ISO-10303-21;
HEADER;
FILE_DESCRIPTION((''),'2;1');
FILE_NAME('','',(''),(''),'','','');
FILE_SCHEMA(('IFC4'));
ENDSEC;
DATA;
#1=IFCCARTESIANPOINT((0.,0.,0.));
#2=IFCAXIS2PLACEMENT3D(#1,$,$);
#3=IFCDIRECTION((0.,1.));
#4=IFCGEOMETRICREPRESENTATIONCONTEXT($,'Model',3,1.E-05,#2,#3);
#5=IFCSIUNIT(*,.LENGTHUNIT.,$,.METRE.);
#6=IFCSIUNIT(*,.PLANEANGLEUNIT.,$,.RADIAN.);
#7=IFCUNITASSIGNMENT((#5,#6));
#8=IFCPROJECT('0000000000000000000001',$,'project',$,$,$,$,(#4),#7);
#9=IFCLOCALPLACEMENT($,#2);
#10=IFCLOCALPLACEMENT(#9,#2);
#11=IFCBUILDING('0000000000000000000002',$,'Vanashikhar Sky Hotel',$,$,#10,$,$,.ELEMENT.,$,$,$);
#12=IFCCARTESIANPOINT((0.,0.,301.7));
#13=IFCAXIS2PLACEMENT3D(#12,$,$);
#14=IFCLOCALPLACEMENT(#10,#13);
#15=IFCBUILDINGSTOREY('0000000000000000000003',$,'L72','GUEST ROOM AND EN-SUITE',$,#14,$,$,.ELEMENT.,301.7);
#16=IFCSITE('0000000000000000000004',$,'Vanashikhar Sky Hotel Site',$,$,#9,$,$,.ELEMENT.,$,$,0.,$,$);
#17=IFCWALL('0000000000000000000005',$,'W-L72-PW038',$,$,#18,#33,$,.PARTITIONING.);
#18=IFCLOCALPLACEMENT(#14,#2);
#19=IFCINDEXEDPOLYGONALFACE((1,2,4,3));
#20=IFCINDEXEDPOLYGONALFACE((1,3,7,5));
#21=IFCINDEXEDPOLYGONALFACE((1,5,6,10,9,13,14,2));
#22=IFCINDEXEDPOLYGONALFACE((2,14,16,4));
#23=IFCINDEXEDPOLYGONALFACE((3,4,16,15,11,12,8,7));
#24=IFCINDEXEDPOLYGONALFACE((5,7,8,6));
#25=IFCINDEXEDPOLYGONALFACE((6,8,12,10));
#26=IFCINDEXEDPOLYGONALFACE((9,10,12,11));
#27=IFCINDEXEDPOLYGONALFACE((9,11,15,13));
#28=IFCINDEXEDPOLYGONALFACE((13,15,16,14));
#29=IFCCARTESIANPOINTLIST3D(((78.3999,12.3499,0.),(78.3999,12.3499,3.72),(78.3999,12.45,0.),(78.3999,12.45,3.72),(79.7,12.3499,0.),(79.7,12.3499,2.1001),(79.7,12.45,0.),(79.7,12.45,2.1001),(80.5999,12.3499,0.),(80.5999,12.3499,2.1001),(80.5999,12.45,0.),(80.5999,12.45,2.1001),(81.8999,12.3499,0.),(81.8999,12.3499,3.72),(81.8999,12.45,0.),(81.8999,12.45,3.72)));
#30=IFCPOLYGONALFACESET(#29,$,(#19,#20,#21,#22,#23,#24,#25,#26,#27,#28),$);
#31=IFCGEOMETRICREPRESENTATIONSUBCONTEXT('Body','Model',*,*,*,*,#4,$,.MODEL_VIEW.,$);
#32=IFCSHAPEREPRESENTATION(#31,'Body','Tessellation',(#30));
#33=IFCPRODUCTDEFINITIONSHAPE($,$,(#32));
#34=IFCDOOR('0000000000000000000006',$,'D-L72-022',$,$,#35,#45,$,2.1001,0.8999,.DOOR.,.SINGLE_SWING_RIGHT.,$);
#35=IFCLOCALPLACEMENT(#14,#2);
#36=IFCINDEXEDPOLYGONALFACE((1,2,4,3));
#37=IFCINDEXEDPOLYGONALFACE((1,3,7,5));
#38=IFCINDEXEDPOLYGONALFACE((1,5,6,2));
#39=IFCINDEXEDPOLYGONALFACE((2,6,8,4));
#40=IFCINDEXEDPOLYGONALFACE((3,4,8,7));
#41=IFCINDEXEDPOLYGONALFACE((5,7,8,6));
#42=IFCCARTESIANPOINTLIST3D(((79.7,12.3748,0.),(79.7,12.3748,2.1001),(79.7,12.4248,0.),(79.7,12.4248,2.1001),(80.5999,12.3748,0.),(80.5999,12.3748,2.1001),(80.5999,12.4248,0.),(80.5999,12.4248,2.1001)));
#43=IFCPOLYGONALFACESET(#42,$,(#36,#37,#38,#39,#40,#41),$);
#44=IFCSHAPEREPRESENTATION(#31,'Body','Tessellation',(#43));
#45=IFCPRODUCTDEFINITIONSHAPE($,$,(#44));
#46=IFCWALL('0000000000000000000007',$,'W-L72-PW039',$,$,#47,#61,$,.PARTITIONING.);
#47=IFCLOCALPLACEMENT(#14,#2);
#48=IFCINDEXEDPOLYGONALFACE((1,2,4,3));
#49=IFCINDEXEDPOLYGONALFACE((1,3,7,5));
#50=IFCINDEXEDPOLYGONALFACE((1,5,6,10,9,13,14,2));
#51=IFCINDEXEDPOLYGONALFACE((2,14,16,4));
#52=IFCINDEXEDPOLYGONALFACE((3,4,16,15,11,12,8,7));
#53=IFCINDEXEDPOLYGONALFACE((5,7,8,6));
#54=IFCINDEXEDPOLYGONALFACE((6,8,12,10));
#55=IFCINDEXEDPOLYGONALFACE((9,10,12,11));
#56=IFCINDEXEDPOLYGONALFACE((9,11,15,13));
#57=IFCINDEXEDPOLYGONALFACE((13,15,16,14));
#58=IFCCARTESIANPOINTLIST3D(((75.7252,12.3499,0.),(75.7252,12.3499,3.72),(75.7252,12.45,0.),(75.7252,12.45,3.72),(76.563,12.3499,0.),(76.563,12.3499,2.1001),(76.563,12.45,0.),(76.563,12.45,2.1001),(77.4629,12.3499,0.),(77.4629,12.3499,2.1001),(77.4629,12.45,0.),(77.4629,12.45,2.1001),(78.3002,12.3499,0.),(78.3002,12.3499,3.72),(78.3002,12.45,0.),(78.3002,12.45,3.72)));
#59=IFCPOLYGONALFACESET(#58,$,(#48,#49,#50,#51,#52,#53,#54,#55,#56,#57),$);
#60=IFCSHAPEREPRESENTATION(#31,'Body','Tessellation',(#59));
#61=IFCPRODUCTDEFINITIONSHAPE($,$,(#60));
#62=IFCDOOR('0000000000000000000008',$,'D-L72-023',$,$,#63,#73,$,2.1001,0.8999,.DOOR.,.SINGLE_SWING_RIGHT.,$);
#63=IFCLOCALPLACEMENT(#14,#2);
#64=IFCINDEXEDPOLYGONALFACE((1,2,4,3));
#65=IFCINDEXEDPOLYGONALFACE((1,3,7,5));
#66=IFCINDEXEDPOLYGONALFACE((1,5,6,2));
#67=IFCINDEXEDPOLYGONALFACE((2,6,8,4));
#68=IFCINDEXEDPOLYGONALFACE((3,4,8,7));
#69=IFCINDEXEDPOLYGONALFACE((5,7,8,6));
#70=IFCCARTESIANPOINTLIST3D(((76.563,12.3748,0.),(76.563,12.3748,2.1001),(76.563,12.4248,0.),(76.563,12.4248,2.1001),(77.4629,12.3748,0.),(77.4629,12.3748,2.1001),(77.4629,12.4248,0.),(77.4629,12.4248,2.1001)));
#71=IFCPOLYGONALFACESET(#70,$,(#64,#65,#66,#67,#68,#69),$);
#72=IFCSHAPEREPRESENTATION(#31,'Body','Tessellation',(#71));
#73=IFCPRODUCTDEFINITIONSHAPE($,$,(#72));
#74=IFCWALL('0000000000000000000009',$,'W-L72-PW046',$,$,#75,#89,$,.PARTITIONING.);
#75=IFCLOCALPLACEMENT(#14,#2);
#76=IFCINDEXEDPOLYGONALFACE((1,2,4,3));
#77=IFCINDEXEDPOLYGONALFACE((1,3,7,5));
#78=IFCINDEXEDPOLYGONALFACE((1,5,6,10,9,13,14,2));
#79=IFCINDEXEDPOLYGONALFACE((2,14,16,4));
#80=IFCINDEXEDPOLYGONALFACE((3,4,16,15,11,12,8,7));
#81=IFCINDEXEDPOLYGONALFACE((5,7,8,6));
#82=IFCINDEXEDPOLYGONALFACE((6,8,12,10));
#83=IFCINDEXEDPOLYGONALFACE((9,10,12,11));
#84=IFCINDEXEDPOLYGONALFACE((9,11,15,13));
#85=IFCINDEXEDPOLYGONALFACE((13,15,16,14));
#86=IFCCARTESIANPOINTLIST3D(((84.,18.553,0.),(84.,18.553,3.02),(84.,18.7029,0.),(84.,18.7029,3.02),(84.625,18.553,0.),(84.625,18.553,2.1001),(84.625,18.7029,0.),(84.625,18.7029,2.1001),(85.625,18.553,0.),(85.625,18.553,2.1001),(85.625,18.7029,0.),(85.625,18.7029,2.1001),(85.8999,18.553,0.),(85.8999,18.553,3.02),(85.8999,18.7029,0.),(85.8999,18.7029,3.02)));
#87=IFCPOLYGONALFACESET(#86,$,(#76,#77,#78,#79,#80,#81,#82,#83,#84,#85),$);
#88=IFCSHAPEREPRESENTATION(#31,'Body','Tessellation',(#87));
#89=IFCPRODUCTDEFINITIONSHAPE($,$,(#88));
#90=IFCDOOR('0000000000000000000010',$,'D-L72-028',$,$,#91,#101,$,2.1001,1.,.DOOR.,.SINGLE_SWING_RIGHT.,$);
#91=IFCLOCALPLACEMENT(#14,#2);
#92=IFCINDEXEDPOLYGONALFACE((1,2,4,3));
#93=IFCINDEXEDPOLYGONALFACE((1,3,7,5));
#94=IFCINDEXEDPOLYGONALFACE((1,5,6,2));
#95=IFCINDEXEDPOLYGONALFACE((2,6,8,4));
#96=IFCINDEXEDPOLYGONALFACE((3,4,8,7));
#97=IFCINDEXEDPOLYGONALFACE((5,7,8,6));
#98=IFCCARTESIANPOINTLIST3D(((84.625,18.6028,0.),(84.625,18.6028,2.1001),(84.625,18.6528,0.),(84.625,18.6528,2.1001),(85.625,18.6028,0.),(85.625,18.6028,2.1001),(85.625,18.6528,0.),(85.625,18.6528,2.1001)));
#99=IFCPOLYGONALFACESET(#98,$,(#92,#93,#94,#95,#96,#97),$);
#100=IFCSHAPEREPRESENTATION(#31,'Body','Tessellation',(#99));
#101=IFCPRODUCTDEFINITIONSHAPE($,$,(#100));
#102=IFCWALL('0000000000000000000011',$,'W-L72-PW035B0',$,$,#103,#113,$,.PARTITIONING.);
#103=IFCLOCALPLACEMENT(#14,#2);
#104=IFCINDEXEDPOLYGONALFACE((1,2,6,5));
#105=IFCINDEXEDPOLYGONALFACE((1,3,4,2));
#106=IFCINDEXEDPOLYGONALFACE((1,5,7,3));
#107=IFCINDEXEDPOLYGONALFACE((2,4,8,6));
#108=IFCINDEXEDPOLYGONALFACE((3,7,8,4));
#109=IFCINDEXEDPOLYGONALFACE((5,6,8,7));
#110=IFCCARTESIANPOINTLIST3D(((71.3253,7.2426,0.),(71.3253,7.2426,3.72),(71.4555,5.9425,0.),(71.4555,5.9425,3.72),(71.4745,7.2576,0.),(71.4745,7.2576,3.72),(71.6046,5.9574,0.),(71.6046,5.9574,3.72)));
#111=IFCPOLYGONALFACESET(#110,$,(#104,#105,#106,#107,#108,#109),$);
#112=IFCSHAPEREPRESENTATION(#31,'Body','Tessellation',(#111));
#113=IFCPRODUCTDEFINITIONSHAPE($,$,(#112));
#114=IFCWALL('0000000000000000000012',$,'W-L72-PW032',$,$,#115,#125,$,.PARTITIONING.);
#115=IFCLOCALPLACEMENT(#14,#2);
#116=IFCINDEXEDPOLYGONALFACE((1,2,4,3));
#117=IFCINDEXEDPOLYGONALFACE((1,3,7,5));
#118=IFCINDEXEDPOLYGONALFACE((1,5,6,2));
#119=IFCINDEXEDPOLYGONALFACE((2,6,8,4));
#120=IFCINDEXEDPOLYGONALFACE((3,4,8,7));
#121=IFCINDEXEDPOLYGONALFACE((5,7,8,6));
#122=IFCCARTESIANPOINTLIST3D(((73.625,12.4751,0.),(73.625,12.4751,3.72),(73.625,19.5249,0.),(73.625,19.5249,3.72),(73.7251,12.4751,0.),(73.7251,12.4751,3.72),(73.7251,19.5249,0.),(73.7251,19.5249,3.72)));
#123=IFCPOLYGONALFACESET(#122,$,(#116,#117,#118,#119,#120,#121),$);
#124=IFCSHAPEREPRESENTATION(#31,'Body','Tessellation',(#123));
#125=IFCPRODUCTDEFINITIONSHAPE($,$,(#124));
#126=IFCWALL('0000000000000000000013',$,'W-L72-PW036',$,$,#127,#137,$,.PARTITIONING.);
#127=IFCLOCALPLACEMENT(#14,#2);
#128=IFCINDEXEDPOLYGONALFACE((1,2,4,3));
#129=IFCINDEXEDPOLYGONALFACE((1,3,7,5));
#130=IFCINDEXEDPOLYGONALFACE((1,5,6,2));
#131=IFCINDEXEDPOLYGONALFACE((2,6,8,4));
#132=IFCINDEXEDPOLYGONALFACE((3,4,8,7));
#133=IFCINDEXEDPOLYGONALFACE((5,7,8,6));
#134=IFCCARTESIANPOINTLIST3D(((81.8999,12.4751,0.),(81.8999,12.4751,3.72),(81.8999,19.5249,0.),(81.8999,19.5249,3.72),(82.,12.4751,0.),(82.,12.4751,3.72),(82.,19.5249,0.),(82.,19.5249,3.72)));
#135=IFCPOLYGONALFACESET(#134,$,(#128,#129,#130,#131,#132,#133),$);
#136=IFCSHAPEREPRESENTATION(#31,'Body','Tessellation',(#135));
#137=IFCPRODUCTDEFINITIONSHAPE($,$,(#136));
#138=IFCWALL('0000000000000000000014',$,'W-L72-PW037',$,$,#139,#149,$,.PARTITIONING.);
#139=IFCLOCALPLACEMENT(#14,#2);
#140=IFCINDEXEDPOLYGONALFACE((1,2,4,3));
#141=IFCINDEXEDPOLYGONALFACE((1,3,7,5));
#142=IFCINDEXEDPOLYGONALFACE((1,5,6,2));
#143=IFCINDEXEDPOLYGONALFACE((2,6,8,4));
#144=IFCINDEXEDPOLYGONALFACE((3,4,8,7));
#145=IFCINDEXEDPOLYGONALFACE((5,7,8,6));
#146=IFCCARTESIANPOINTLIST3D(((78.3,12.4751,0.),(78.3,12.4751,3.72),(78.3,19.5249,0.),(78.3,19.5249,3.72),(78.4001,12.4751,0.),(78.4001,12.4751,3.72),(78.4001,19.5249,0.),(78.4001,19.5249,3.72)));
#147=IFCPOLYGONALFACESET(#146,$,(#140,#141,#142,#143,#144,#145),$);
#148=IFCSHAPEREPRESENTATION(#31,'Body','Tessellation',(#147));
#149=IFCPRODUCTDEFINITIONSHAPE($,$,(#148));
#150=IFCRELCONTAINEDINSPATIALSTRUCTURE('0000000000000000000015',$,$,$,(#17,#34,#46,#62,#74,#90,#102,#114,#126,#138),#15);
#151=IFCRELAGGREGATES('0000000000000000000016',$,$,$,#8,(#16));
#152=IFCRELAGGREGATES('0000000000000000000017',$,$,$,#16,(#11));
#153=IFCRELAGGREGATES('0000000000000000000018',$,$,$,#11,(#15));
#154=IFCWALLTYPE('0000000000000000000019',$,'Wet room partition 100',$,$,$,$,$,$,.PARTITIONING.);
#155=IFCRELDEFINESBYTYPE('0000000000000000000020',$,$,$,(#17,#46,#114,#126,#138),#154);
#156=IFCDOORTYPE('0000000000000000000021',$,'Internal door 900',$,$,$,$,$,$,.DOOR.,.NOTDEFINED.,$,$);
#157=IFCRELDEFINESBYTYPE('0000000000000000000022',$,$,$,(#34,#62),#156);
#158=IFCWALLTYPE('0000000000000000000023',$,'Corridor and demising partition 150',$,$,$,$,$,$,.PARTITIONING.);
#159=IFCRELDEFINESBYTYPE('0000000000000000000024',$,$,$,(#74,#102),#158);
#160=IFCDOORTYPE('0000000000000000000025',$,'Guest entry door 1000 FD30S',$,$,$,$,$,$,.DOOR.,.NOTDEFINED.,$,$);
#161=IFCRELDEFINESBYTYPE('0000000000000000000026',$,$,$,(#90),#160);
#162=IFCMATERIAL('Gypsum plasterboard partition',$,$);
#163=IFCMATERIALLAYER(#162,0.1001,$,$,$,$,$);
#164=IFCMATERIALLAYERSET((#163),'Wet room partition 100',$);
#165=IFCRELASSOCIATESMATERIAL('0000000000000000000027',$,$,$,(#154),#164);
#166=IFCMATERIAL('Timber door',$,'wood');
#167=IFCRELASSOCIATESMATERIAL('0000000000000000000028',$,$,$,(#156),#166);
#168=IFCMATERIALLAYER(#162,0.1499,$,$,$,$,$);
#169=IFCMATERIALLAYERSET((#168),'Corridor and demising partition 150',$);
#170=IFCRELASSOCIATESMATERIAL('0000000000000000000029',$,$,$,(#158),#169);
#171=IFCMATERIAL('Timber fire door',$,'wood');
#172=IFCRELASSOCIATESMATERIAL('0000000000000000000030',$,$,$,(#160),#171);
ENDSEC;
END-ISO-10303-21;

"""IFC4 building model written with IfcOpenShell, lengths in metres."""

from ifc_helpers import new_model, si_unit, direction, frame, frame_2d, origin, place, context, subcontext, project, spatial, rectangle, extrude, source, transform, mapped, material, layer, layer_set, type_object, element, fill, save


model = new_model("IFC4")

# Units and contexts
model_context = context("Model", 3, precision=1e-05, world=origin(), true_north=direction((0.0, 1.0)))
body_context = subcontext(model_context, "Body", "Model", "MODEL_VIEW")
ifc_project = project(units=[si_unit("LENGTHUNIT", "METRE"), si_unit("PLANEANGLEUNIT", "RADIAN")], contexts=[model_context])

# Site, building, storey
site_placement = place(None, origin())
site = spatial("IfcSite", under=ifc_project, at=site_placement, Name="Vanashikhar Sky Hotel Site", CompositionType="ELEMENT", RefElevation=0.0)
building_placement = place(site_placement, origin())
building = spatial("IfcBuilding", under=site, at=building_placement, Name="Vanashikhar Sky Hotel", CompositionType="ELEMENT")
storey_placement = place(building_placement, frame((0.0, 0.0, 301.7)))
storey = spatial("IfcBuildingStorey", under=building, at=storey_placement, Name="L72", Description="GUEST ROOM AND EN-SUITE", CompositionType="ELEMENT", Elevation=301.7)

# Walls, openings, doors
ifc_material_1 = material(Name="Gypsum plasterboard partition")
ifc_layer_1 = layer(ifc_material_1, 0.1001)
ifc_layer_set_1 = layer_set([ifc_layer_1], Name="Wet room partition 100")
wall_type_1 = type_object("IfcWallType", Name="Wet room partition 100", PredefinedType="PARTITIONING", material=ifc_layer_set_1)
shared_shape_1 = source(origin(), body_context, "Body", "SweptSolid", [
    extrude(rectangle(XDim=3.5, YDim=0.1001, at=frame_2d((1.75, 0.0))), origin(), (0.0, 0.0, 1.0), 3.72),
])
wall_1_placement = place(storey_placement, frame((78.3999, 12.3999, 0.0), z_axis=(0.0, 0.0, 1.0), x_axis=(1.0, 0.0, 0.0)))
wall_1 = element("IfcWall", 1, at=wall_1_placement, inside=storey, type_object=wall_type_1, Name="W-L72-PW038", PredefinedType="PARTITIONING", context=body_context, shape_type="MappedRepresentation", body=[
    mapped(shared_shape_1, transform((0.0, 0.0, 0.0), scale=1.0)),
])
shared_shape_2 = source(origin(), body_context, "Body", "SweptSolid", [
    extrude(rectangle(XDim=0.8999, YDim=2.1001, at=frame_2d((0.45, 1.05))), frame((0.0, 0.0601, 0.0), z_axis=(0.0, -1.0, 0.0), x_axis=(1.0, 0.0, 0.0)), (0.0, 0.0, 1.0), 0.1201),
])
opening_1_placement = place(wall_1_placement, frame((1.3, 0.0, 0.0)))
opening_1 = element("IfcOpeningElement", 2, at=opening_1_placement, cuts=wall_1, PredefinedType="OPENING", context=body_context, shape_type="MappedRepresentation", body=[
    mapped(shared_shape_2, transform((0.0, 0.0, 0.0), scale=1.0)),
])
ifc_material_2 = material(Name="Timber door", Category="wood")
door_type_1 = type_object("IfcDoorType", Name="Internal door 900", OperationType="NOTDEFINED", PredefinedType="DOOR", material=ifc_material_2)
shared_shape_3 = source(origin(), body_context, "Body", "SweptSolid", [
    extrude(rectangle(XDim=0.8999, YDim=2.1001, at=frame_2d((0.45, 1.05))), frame((0.0, 0.0249, 0.0), z_axis=(0.0, -1.0, 0.0), x_axis=(1.0, 0.0, 0.0)), (0.0, 0.0, 1.0), 0.05),
])
door_1_placement = place(opening_1_placement, origin())
door_1 = element("IfcDoor", 3, at=door_1_placement, inside=storey, type_object=door_type_1, Name="D-L72-022", OperationType="SINGLE_SWING_RIGHT", OverallHeight=2.1001, OverallWidth=0.8999, PredefinedType="DOOR", context=body_context, shape_type="MappedRepresentation", body=[
    mapped(shared_shape_3, transform((0.0, 0.0, 0.0), scale=1.0)),
])
fill(opening_1, door_1)
shared_shape_4 = source(origin(), body_context, "Body", "SweptSolid", [
    extrude(rectangle(XDim=2.575, YDim=0.1001, at=frame_2d((1.2876, 0.0))), origin(), (0.0, 0.0, 1.0), 3.72),
])
wall_2_placement = place(storey_placement, frame((75.7251, 12.3999, 0.0), z_axis=(0.0, 0.0, 1.0), x_axis=(1.0, 0.0, 0.0)))
wall_2 = element("IfcWall", 4, at=wall_2_placement, inside=storey, type_object=wall_type_1, Name="W-L72-PW039", PredefinedType="PARTITIONING", context=body_context, shape_type="MappedRepresentation", body=[
    mapped(shared_shape_4, transform((0.0, 0.0, 0.0), scale=1.0)),
])
opening_2_placement = place(wall_2_placement, frame((0.8379, 0.0, 0.0)))
opening_2 = element("IfcOpeningElement", 5, at=opening_2_placement, cuts=wall_2, PredefinedType="OPENING", context=body_context, shape_type="MappedRepresentation", body=[
    mapped(shared_shape_2, transform((0.0, 0.0, 0.0), scale=1.0)),
])
door_2_placement = place(opening_2_placement, origin())
door_2 = element("IfcDoor", 6, at=door_2_placement, inside=storey, type_object=door_type_1, Name="D-L72-023", OperationType="SINGLE_SWING_RIGHT", OverallHeight=2.1001, OverallWidth=0.8999, PredefinedType="DOOR", context=body_context, shape_type="MappedRepresentation", body=[
    mapped(shared_shape_3, transform((0.0, 0.0, 0.0), scale=1.0)),
])
fill(opening_2, door_2)
ifc_layer_2 = layer(ifc_material_1, 0.1499)
ifc_layer_set_2 = layer_set([ifc_layer_2], Name="Corridor and demising partition 150")
wall_type_2 = type_object("IfcWallType", Name="Corridor and demising partition 150", PredefinedType="PARTITIONING", material=ifc_layer_set_2)
shared_shape_5 = source(origin(), body_context, "Body", "SweptSolid", [
    extrude(rectangle(XDim=1.8999, YDim=0.1499, at=frame_2d((0.95, 0.0))), origin(), (0.0, 0.0, 1.0), 3.02),
])
wall_3_placement = place(storey_placement, frame((84.0, 18.6279, 0.0), z_axis=(0.0, 0.0, 1.0), x_axis=(1.0, 0.0, 0.0)))
wall_3 = element("IfcWall", 7, at=wall_3_placement, inside=storey, type_object=wall_type_2, Name="W-L72-PW046", PredefinedType="PARTITIONING", context=body_context, shape_type="MappedRepresentation", body=[
    mapped(shared_shape_5, transform((0.0, 0.0, 0.0), scale=1.0)),
])
shared_shape_6 = source(origin(), body_context, "Body", "SweptSolid", [
    extrude(rectangle(XDim=1.0, YDim=2.1001, at=frame_2d((0.5, 1.05))), frame((0.0, 0.085, 0.0), z_axis=(0.0, -1.0, 0.0), x_axis=(1.0, 0.0, 0.0)), (0.0, 0.0, 1.0), 0.1699),
])
opening_3_placement = place(wall_3_placement, frame((0.625, 0.0, 0.0)))
opening_3 = element("IfcOpeningElement", 8, at=opening_3_placement, cuts=wall_3, PredefinedType="OPENING", context=body_context, shape_type="MappedRepresentation", body=[
    mapped(shared_shape_6, transform((0.0, 0.0, 0.0), scale=1.0)),
])
ifc_material_3 = material(Name="Timber fire door", Category="wood")
door_type_2 = type_object("IfcDoorType", Name="Guest entry door 1000 FD30S", OperationType="NOTDEFINED", PredefinedType="DOOR", material=ifc_material_3)
shared_shape_7 = source(origin(), body_context, "Body", "SweptSolid", [
    extrude(rectangle(XDim=1.0, YDim=2.1001, at=frame_2d((0.5, 1.05))), frame((0.0, 0.0249, 0.0), z_axis=(0.0, -1.0, 0.0), x_axis=(1.0, 0.0, 0.0)), (0.0, 0.0, 1.0), 0.05),
])
door_3_placement = place(opening_3_placement, origin())
door_3 = element("IfcDoor", 9, at=door_3_placement, inside=storey, type_object=door_type_2, Name="D-L72-028", OperationType="SINGLE_SWING_RIGHT", OverallHeight=2.1001, OverallWidth=1.0, PredefinedType="DOOR", context=body_context, shape_type="MappedRepresentation", body=[
    mapped(shared_shape_7, transform((0.0, 0.0, 0.0), scale=1.0)),
])
fill(opening_3, door_3)

# Walls
shared_shape_8 = source(origin(), body_context, "Body", "SweptSolid", [
    extrude(rectangle(XDim=1.3066, YDim=0.1499, at=frame_2d((0.6533, 0.0))), origin(), (0.0, 0.0, 1.0), 3.72),
])
wall_4_placement = place(storey_placement, frame((71.53, 5.95, 0.0), z_axis=(0.0, 0.0, 1.0), x_axis=(-0.099596, 0.995028, 0.0)))
element("IfcWall", 10, at=wall_4_placement, inside=storey, type_object=wall_type_2, Name="W-L72-PW035B0", PredefinedType="PARTITIONING", context=body_context, shape_type="MappedRepresentation", body=[
    mapped(shared_shape_8, transform((0.0, 0.0, 0.0), scale=1.0)),
])
shared_shape_9 = source(origin(), body_context, "Body", "SweptSolid", [
    extrude(rectangle(XDim=7.0498, YDim=0.1001, at=frame_2d((3.5249, 0.0))), origin(), (0.0, 0.0, 1.0), 3.72),
])
for number, where, z_axis, x_axis, name in (
    (11, (73.675, 12.4751, 0.0), (0.0, 0.0, 1.0), (0.0, 1.0, 0.0), "W-L72-PW032"),
    (12, (81.95, 12.4751, 0.0), (0.0, 0.0, 1.0), (0.0, 1.0, 0.0), "W-L72-PW036"),
    (13, (78.3501, 12.4751, 0.0), (0.0, 0.0, 1.0), (0.0, 1.0, 0.0), "W-L72-PW037"),
):
    element("IfcWall", number, at=place(storey_placement, frame(where, z_axis=z_axis, x_axis=x_axis)), inside=storey, type_object=wall_type_1, Name=name, PredefinedType="PARTITIONING", context=body_context, shape_type="MappedRepresentation", body=[
        mapped(shared_shape_9, transform((0.0, 0.0, 0.0), scale=1.0)),
    ])

save(model, "model.ifc")
